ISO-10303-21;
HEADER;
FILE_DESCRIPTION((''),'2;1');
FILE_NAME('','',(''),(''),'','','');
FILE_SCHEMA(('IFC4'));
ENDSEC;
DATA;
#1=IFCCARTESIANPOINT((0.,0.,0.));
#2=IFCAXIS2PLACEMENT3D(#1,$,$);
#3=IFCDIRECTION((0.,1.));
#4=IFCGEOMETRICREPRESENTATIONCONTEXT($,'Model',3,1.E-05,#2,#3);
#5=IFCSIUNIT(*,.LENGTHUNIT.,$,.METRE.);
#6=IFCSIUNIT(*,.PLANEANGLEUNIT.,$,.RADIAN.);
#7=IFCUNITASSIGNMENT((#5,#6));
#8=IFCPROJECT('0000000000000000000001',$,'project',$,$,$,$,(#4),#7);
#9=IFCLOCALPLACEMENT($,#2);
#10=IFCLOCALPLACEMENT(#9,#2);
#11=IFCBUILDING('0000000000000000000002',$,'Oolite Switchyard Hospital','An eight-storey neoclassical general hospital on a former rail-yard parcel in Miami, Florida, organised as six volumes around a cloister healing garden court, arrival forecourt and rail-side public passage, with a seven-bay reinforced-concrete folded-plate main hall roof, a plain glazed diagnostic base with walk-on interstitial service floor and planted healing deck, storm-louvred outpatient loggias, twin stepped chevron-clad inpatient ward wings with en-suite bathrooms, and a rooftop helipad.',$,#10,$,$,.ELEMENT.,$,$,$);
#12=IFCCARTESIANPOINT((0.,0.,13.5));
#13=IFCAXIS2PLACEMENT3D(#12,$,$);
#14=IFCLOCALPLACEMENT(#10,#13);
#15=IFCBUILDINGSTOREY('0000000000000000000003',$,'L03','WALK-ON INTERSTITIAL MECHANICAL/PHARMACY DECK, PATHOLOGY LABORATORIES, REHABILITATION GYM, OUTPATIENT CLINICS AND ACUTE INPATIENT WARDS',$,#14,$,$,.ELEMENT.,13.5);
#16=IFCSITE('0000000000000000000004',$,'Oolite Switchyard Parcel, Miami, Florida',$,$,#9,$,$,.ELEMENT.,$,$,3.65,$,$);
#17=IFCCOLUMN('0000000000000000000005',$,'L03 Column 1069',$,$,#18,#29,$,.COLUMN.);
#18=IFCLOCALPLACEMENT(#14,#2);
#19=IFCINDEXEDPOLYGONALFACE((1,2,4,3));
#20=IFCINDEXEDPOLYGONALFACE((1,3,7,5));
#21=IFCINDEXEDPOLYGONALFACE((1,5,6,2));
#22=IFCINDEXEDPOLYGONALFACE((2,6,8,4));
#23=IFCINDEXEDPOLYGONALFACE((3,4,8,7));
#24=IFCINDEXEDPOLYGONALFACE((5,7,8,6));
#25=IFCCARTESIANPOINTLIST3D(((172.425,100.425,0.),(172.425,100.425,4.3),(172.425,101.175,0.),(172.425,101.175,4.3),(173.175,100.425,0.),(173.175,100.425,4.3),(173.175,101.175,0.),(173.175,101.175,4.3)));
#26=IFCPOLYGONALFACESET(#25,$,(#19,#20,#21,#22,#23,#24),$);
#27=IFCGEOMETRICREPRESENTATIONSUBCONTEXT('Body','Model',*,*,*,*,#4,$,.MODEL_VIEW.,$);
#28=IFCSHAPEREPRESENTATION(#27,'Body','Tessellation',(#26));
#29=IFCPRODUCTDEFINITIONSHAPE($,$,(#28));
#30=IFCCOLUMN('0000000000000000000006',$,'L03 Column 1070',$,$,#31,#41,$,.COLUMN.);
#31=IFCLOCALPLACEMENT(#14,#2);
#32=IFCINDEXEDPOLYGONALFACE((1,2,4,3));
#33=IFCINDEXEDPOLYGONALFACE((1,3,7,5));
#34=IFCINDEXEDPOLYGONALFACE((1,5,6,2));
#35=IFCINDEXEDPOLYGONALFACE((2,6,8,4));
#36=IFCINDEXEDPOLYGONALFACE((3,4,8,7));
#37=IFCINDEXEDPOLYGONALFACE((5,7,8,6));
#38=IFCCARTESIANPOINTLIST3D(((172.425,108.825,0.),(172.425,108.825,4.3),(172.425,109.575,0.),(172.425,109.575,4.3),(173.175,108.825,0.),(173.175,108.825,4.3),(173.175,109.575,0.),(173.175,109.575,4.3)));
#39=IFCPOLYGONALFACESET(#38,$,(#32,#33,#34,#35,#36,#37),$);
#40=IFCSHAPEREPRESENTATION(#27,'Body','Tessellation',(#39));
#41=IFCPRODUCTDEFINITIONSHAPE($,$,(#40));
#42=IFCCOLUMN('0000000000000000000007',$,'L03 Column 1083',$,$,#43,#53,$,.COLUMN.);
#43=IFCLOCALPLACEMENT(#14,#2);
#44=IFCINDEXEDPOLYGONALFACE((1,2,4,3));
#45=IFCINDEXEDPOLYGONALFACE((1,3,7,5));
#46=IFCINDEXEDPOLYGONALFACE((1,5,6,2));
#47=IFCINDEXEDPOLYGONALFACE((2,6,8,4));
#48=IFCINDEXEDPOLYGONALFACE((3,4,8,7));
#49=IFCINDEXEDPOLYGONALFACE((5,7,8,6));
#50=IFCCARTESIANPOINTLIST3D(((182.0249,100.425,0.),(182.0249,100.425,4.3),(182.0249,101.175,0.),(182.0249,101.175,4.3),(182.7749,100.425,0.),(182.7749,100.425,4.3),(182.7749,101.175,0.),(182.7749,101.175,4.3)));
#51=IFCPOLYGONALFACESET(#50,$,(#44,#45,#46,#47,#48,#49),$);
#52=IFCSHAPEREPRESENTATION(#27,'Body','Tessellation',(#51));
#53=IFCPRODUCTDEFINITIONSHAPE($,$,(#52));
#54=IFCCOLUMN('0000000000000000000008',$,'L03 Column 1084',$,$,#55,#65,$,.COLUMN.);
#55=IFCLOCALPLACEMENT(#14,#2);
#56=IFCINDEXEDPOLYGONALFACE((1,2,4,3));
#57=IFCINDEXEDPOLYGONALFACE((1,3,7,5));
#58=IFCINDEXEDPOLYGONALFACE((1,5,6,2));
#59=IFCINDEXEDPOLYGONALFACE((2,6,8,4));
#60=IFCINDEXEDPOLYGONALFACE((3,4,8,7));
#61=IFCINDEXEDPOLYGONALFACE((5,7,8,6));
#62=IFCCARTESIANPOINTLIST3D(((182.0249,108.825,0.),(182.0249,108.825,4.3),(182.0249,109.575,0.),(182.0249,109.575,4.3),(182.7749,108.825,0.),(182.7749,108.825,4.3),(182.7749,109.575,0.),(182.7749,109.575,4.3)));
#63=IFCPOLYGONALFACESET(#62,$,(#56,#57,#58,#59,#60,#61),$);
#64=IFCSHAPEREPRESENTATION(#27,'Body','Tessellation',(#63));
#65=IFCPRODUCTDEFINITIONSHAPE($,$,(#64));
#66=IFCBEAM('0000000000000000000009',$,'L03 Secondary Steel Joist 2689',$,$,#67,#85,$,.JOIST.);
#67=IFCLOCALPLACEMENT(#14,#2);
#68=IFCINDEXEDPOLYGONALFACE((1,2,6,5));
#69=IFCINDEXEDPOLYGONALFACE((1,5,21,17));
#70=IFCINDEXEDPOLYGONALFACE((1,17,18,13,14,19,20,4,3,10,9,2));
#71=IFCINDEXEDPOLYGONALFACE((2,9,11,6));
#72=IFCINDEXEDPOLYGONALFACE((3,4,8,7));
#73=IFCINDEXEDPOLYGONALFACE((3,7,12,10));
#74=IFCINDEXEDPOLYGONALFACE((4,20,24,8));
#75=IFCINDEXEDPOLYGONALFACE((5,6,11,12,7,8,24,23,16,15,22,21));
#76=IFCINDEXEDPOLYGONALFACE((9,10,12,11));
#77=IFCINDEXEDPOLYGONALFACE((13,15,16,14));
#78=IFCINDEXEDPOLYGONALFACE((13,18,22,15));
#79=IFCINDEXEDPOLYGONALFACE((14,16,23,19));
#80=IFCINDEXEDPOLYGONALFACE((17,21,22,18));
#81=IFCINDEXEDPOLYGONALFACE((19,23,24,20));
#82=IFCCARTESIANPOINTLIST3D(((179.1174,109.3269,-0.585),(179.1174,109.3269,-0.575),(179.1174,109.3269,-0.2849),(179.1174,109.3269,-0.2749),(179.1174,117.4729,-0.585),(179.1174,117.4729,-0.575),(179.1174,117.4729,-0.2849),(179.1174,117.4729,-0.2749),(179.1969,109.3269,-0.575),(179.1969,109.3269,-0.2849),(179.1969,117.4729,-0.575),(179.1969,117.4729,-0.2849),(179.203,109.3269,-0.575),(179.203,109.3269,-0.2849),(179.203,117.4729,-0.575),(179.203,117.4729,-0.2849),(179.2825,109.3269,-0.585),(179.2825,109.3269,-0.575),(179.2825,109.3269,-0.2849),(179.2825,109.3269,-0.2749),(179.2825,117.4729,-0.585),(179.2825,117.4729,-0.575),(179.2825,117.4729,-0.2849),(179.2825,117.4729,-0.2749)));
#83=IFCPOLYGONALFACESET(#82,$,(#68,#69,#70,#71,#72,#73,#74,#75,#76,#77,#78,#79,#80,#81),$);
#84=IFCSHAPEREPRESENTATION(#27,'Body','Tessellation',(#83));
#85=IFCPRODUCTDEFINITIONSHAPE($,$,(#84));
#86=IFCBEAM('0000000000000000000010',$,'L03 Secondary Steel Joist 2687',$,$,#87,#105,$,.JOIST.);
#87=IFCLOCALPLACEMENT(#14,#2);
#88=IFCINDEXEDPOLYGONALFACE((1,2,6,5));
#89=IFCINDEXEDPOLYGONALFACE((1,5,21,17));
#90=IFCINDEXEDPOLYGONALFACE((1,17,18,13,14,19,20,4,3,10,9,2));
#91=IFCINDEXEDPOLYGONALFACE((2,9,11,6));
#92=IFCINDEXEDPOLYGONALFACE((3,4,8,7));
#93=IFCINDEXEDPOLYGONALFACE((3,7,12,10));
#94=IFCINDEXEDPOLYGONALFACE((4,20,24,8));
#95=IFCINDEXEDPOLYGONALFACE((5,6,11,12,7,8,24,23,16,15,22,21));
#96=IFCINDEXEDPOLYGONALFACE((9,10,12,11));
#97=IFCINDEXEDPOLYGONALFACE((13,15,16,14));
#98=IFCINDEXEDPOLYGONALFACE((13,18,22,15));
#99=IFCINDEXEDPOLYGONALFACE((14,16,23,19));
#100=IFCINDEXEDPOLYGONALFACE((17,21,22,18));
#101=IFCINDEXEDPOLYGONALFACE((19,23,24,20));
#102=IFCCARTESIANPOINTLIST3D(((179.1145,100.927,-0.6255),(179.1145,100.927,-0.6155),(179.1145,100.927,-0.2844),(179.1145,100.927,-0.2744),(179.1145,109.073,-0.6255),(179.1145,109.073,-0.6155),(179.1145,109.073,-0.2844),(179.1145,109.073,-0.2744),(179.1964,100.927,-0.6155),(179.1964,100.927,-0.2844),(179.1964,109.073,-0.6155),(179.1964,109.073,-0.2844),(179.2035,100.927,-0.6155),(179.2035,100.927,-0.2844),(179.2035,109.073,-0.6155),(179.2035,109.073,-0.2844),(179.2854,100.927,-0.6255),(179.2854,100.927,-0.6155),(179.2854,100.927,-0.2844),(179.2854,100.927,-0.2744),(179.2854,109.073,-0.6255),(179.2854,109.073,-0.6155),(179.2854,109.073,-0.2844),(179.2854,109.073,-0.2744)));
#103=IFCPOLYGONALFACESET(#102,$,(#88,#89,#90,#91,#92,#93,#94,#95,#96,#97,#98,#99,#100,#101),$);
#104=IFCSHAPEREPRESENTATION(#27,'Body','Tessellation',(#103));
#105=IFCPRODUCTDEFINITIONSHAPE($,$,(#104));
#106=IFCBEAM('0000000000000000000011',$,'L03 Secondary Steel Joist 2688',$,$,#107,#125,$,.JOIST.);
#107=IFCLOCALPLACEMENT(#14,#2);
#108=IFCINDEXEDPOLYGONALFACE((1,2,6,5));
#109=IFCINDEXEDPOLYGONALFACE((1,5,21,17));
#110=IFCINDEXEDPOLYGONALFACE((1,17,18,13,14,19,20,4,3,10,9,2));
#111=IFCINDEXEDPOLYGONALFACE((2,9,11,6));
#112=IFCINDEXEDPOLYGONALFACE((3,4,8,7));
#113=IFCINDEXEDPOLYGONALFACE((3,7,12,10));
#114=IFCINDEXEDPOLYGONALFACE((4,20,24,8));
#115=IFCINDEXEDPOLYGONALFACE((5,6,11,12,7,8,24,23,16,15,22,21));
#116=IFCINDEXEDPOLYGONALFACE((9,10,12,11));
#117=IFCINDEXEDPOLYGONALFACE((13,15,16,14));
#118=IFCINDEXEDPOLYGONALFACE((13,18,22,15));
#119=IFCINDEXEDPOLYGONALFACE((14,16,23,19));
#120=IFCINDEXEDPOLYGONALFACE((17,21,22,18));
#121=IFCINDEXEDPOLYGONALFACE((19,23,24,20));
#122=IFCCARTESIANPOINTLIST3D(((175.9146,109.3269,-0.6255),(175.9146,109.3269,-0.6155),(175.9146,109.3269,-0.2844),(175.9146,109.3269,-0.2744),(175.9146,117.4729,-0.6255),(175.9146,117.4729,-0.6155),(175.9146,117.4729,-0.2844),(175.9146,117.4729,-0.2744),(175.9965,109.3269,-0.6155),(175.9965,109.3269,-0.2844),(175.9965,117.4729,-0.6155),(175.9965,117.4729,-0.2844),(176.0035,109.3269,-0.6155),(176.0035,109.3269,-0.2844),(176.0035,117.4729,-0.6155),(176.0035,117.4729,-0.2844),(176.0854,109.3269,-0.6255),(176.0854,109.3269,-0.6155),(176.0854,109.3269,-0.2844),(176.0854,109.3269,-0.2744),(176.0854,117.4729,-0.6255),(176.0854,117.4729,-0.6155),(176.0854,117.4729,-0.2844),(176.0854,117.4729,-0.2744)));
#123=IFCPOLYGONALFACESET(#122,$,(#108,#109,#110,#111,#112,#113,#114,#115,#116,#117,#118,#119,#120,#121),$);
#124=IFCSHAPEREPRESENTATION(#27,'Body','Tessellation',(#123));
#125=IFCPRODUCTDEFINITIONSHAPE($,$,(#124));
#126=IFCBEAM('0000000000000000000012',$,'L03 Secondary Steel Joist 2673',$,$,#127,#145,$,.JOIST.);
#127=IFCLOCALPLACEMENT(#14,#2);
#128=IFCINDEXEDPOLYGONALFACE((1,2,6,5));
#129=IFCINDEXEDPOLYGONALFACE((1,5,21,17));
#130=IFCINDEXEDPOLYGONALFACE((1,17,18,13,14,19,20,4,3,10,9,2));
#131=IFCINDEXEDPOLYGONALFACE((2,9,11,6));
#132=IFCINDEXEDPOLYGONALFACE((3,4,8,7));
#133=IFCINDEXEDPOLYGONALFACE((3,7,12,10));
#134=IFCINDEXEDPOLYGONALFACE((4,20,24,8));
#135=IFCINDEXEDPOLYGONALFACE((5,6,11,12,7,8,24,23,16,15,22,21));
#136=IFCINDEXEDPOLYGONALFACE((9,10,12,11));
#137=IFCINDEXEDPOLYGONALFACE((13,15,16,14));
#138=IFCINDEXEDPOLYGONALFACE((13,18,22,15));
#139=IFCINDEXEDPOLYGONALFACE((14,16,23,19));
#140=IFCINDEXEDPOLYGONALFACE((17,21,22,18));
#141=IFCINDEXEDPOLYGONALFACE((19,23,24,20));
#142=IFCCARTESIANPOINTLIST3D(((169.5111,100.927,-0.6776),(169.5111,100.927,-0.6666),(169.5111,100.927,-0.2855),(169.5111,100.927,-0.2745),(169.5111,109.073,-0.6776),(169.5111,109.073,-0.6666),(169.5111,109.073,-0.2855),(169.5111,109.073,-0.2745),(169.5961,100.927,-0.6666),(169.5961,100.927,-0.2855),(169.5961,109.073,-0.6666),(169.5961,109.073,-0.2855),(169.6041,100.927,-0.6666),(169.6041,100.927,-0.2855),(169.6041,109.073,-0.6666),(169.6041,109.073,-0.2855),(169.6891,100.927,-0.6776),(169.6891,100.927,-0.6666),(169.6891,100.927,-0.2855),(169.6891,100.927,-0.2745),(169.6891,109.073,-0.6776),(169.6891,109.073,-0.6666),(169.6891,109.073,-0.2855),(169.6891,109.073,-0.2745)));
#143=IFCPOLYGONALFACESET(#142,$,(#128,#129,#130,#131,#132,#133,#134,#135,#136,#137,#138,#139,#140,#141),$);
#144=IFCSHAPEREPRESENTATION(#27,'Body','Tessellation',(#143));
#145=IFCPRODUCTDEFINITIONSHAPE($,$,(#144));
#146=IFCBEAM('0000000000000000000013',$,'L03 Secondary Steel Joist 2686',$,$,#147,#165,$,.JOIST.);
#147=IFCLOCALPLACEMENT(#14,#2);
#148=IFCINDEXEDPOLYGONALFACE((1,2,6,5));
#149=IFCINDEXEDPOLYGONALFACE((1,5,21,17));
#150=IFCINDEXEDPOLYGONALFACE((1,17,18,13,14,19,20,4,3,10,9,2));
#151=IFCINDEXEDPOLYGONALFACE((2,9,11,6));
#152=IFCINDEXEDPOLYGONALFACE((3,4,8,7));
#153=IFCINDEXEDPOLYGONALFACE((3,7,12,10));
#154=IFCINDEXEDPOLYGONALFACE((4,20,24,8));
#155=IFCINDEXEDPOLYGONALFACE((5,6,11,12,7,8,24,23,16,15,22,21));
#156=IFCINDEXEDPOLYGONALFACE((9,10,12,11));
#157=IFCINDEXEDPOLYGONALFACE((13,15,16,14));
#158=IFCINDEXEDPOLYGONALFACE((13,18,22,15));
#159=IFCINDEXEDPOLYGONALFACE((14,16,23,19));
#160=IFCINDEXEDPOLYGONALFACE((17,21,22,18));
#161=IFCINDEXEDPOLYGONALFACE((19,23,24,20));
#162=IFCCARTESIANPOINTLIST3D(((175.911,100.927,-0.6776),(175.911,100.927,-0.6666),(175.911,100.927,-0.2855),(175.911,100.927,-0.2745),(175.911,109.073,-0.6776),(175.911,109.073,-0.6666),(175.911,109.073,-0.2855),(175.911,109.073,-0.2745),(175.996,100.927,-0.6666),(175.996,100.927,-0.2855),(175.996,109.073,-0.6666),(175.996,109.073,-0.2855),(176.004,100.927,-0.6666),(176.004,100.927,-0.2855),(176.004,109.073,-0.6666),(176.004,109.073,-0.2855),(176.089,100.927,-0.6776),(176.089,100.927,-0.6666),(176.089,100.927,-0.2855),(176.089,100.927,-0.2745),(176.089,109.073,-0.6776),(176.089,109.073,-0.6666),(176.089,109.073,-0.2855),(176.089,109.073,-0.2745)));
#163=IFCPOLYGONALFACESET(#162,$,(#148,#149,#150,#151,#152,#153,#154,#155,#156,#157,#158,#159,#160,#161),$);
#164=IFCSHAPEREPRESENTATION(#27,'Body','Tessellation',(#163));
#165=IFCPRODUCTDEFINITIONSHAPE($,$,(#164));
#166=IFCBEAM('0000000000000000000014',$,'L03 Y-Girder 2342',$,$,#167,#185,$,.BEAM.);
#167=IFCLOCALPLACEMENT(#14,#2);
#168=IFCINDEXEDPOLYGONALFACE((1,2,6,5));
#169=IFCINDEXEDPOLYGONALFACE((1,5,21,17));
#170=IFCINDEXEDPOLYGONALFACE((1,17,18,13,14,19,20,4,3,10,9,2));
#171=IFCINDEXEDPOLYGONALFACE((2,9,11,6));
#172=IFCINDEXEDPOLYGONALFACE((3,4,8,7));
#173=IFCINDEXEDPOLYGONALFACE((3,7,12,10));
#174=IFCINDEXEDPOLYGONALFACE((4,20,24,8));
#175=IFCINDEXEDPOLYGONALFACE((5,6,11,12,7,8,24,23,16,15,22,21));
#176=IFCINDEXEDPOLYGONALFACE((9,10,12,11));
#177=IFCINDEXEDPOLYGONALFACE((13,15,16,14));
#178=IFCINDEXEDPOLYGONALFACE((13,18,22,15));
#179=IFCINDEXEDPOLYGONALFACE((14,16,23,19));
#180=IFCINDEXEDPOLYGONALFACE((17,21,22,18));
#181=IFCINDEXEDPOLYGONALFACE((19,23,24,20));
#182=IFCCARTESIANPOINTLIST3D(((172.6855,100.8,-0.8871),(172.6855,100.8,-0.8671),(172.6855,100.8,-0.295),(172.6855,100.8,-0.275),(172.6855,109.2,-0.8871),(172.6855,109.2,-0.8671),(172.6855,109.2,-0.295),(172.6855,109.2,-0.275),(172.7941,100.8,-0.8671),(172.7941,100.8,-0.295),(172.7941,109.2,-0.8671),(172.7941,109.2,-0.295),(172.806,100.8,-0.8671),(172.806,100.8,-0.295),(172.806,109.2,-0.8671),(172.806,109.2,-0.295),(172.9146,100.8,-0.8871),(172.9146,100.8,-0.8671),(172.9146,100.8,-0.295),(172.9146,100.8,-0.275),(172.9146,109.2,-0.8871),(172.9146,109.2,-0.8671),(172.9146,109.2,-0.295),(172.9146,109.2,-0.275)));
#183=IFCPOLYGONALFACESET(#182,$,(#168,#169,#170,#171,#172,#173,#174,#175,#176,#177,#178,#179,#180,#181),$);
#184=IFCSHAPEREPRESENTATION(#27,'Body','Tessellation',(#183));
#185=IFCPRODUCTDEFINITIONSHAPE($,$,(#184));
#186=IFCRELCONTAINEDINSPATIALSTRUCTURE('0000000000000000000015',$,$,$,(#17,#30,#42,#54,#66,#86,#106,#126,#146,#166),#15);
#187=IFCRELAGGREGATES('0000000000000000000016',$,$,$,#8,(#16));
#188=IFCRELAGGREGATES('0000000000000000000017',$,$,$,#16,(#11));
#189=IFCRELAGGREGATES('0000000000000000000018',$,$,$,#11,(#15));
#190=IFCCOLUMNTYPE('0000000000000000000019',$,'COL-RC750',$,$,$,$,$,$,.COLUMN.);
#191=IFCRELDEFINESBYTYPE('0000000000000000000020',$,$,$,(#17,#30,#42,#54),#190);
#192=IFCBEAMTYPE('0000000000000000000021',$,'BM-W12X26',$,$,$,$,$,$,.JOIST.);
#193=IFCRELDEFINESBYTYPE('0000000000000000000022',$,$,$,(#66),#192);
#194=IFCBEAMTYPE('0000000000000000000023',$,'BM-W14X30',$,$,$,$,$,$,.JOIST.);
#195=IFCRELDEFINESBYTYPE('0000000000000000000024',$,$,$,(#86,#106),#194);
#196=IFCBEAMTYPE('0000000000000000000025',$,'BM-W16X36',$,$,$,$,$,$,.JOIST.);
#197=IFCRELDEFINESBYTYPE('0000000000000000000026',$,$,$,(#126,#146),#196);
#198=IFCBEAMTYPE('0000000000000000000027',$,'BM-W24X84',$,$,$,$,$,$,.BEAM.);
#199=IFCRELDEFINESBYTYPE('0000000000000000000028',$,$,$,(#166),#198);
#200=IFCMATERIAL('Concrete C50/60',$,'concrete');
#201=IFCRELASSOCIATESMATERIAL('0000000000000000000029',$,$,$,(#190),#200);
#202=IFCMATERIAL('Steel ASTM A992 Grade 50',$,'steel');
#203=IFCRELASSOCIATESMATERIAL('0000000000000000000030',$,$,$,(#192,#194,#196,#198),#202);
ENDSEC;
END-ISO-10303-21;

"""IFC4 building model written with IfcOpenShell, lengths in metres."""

from ifc_helpers import new_model, si_unit, direction, frame, origin, origin_2d, place, context, subcontext, project, spatial, rectangle, i_section, extrude, material, material_profile, profile_set, type_object, element, save


model = new_model("IFC4")

# Units and contexts
model_context = context("Model", 3, precision=1e-05, world=origin(), true_north=direction((0.0, 1.0)))
body_context = subcontext(model_context, "Body", "Model", "MODEL_VIEW")
ifc_project = project(units=[si_unit("LENGTHUNIT", "METRE"), si_unit("PLANEANGLEUNIT", "RADIAN")], contexts=[model_context])

# Site, building, storey
site_placement = place(None, origin())
site = spatial("IfcSite", under=ifc_project, at=site_placement, Name="Oolite Switchyard Parcel, Miami, Florida", CompositionType="ELEMENT", RefElevation=3.65)
building_placement = place(site_placement, origin())
building = spatial("IfcBuilding", under=site, at=building_placement, Name="Oolite Switchyard Hospital", Description="An eight-storey neoclassical general hospital on a former rail-yard parcel in Miami, Florida, organised as six volumes around a cloister healing garden court, arrival forecourt and rail-side public passage, with a seven-bay reinforced-concrete folded-plate main hall roof, a plain glazed diagnostic base with walk-on interstitial service floor and planted healing deck, storm-louvred outpatient loggias, twin stepped chevron-clad inpatient ward wings with en-suite bathrooms, and a rooftop helipad.", CompositionType="ELEMENT")
storey_placement = place(building_placement, frame((0.0, 0.0, 13.5)))
storey = spatial("IfcBuildingStorey", under=building, at=storey_placement, Name="L03", Description="WALK-ON INTERSTITIAL MECHANICAL/PHARMACY DECK, PATHOLOGY LABORATORIES, REHABILITATION GYM, OUTPATIENT CLINICS AND ACUTE INPATIENT WARDS", CompositionType="ELEMENT", Elevation=13.5)

# Columns
ifc_material_1 = material(Name="Concrete C50/60", Category="concrete")
ifc_material_profile_1 = material_profile(ifc_material_1, rectangle(XDim=0.75, YDim=0.75, at=origin_2d()), Name="RC750X750")
ifc_profile_set_1 = profile_set([ifc_material_profile_1], Name="Concrete C50/60")
column_type = type_object("IfcColumnType", Name="COL-RC750", PredefinedType="COLUMN", material=ifc_profile_set_1)
for number, where, z_axis, x_axis, name in (
    (1, (172.8, 100.8, 0.0), (0.0, 0.0, 1.0), (1.0, 0.0, 0.0), "L03 Column 1069"),
    (2, (172.8, 109.2, 0.0), (0.0, 0.0, 1.0), (1.0, 0.0, 0.0), "L03 Column 1070"),
    (3, (182.3999, 100.8, 0.0), (0.0, 0.0, 1.0), (1.0, 0.0, 0.0), "L03 Column 1083"),
    (4, (182.3999, 109.2, 0.0), (0.0, 0.0, 1.0), (1.0, 0.0, 0.0), "L03 Column 1084"),
):
    element("IfcColumn", number, at=place(storey_placement, frame(where, z_axis=z_axis, x_axis=x_axis)), inside=storey, type_object=column_type, Name=name, PredefinedType="COLUMN", context=body_context, shape_type="SweptSolid", body=[
        extrude(rectangle(XDim=0.75, YDim=0.75, at=origin_2d()), origin(), (0.0, 0.0, 1.0), 4.3),
    ])

# Beams
ifc_material_2 = material(Name="Steel ASTM A992 Grade 50", Category="steel")
ifc_material_profile_2 = material_profile(ifc_material_2, i_section(OverallWidth=0.165, OverallDepth=0.3101, WebThickness=0.0061, FlangeThickness=0.01, at=origin_2d()), Name="W12X26")
ifc_profile_set_2 = profile_set([ifc_material_profile_2], Name="Steel ASTM A992 Grade 50")
beam_type_1 = type_object("IfcBeamType", Name="BM-W12X26", PredefinedType="JOIST", material=ifc_profile_set_2)
beam_1_placement = place(storey_placement, frame((179.2, 109.3269, -0.4299), z_axis=(0.0, 1.0, 0.0), x_axis=(-1.0, 0.0, 0.0)))
element("IfcBeam", 5, at=beam_1_placement, inside=storey, type_object=beam_type_1, Name="L03 Secondary Steel Joist 2689", PredefinedType="JOIST", context=body_context, shape_type="SweptSolid", body=[
    extrude(i_section(OverallWidth=0.165, OverallDepth=0.3101, WebThickness=0.0061, FlangeThickness=0.01, at=origin_2d()), origin(), (0.0, 0.0, 1.0), 8.146),
])
ifc_material_profile_3 = material_profile(ifc_material_2, i_section(OverallWidth=0.1709, OverallDepth=0.3511, WebThickness=0.0071, FlangeThickness=0.01, at=origin_2d()), Name="W14X30")
ifc_profile_set_3 = profile_set([ifc_material_profile_3], Name="Steel ASTM A992 Grade 50")
beam_type_2 = type_object("IfcBeamType", Name="BM-W14X30", PredefinedType="JOIST", material=ifc_profile_set_3)
for number, where, z_axis, x_axis, name in (
    (6, (179.2, 100.927, -0.45), (0.0, 1.0, 0.0), (-1.0, 0.0, 0.0), "L03 Secondary Steel Joist 2687"),
    (7, (176.0, 109.3269, -0.45), (0.0, 1.0, 0.0), (-1.0, 0.0, 0.0), "L03 Secondary Steel Joist 2688"),
):
    element("IfcBeam", number, at=place(storey_placement, frame(where, z_axis=z_axis, x_axis=x_axis)), inside=storey, type_object=beam_type_2, Name=name, PredefinedType="JOIST", context=body_context, shape_type="SweptSolid", body=[
        extrude(i_section(OverallWidth=0.1709, OverallDepth=0.3511, WebThickness=0.0071, FlangeThickness=0.01, at=origin_2d()), origin(), (0.0, 0.0, 1.0), 8.146),
    ])
ifc_material_profile_4 = material_profile(ifc_material_2, i_section(OverallWidth=0.178, OverallDepth=0.4031, WebThickness=0.0081, FlangeThickness=0.011, at=origin_2d()), Name="W16X36")
ifc_profile_set_4 = profile_set([ifc_material_profile_4], Name="Steel ASTM A992 Grade 50")
beam_type_3 = type_object("IfcBeamType", Name="BM-W16X36", PredefinedType="JOIST", material=ifc_profile_set_4)
for number, where, z_axis, x_axis, name in (
    (8, (169.6001, 100.927, -0.4761), (0.0, 1.0, 0.0), (-1.0, 0.0, 0.0), "L03 Secondary Steel Joist 2673"),
    (9, (176.0, 100.927, -0.4761), (0.0, 1.0, 0.0), (-1.0, 0.0, 0.0), "L03 Secondary Steel Joist 2686"),
):
    element("IfcBeam", number, at=place(storey_placement, frame(where, z_axis=z_axis, x_axis=x_axis)), inside=storey, type_object=beam_type_3, Name=name, PredefinedType="JOIST", context=body_context, shape_type="SweptSolid", body=[
        extrude(i_section(OverallWidth=0.178, OverallDepth=0.4031, WebThickness=0.0081, FlangeThickness=0.011, at=origin_2d()), origin(), (0.0, 0.0, 1.0), 8.146),
    ])
ifc_material_profile_5 = material_profile(ifc_material_2, i_section(OverallWidth=0.229, OverallDepth=0.6121, WebThickness=0.012, FlangeThickness=0.02, at=origin_2d()), Name="W24X84")
ifc_profile_set_5 = profile_set([ifc_material_profile_5], Name="Steel ASTM A992 Grade 50")
beam_type_4 = type_object("IfcBeamType", Name="BM-W24X84", PredefinedType="BEAM", material=ifc_profile_set_5)
beam_2_placement = place(storey_placement, frame((172.8, 100.8, -0.5811), z_axis=(0.0, 1.0, 0.0), x_axis=(-1.0, 0.0, 0.0)))
element("IfcBeam", 10, at=beam_2_placement, inside=storey, type_object=beam_type_4, Name="L03 Y-Girder 2342", PredefinedType="BEAM", context=body_context, shape_type="SweptSolid", body=[
    extrude(i_section(OverallWidth=0.229, OverallDepth=0.6121, WebThickness=0.012, FlangeThickness=0.02, at=origin_2d()), origin(), (0.0, 0.0, 1.0), 8.3999),
])

save(model, "model.ifc")
